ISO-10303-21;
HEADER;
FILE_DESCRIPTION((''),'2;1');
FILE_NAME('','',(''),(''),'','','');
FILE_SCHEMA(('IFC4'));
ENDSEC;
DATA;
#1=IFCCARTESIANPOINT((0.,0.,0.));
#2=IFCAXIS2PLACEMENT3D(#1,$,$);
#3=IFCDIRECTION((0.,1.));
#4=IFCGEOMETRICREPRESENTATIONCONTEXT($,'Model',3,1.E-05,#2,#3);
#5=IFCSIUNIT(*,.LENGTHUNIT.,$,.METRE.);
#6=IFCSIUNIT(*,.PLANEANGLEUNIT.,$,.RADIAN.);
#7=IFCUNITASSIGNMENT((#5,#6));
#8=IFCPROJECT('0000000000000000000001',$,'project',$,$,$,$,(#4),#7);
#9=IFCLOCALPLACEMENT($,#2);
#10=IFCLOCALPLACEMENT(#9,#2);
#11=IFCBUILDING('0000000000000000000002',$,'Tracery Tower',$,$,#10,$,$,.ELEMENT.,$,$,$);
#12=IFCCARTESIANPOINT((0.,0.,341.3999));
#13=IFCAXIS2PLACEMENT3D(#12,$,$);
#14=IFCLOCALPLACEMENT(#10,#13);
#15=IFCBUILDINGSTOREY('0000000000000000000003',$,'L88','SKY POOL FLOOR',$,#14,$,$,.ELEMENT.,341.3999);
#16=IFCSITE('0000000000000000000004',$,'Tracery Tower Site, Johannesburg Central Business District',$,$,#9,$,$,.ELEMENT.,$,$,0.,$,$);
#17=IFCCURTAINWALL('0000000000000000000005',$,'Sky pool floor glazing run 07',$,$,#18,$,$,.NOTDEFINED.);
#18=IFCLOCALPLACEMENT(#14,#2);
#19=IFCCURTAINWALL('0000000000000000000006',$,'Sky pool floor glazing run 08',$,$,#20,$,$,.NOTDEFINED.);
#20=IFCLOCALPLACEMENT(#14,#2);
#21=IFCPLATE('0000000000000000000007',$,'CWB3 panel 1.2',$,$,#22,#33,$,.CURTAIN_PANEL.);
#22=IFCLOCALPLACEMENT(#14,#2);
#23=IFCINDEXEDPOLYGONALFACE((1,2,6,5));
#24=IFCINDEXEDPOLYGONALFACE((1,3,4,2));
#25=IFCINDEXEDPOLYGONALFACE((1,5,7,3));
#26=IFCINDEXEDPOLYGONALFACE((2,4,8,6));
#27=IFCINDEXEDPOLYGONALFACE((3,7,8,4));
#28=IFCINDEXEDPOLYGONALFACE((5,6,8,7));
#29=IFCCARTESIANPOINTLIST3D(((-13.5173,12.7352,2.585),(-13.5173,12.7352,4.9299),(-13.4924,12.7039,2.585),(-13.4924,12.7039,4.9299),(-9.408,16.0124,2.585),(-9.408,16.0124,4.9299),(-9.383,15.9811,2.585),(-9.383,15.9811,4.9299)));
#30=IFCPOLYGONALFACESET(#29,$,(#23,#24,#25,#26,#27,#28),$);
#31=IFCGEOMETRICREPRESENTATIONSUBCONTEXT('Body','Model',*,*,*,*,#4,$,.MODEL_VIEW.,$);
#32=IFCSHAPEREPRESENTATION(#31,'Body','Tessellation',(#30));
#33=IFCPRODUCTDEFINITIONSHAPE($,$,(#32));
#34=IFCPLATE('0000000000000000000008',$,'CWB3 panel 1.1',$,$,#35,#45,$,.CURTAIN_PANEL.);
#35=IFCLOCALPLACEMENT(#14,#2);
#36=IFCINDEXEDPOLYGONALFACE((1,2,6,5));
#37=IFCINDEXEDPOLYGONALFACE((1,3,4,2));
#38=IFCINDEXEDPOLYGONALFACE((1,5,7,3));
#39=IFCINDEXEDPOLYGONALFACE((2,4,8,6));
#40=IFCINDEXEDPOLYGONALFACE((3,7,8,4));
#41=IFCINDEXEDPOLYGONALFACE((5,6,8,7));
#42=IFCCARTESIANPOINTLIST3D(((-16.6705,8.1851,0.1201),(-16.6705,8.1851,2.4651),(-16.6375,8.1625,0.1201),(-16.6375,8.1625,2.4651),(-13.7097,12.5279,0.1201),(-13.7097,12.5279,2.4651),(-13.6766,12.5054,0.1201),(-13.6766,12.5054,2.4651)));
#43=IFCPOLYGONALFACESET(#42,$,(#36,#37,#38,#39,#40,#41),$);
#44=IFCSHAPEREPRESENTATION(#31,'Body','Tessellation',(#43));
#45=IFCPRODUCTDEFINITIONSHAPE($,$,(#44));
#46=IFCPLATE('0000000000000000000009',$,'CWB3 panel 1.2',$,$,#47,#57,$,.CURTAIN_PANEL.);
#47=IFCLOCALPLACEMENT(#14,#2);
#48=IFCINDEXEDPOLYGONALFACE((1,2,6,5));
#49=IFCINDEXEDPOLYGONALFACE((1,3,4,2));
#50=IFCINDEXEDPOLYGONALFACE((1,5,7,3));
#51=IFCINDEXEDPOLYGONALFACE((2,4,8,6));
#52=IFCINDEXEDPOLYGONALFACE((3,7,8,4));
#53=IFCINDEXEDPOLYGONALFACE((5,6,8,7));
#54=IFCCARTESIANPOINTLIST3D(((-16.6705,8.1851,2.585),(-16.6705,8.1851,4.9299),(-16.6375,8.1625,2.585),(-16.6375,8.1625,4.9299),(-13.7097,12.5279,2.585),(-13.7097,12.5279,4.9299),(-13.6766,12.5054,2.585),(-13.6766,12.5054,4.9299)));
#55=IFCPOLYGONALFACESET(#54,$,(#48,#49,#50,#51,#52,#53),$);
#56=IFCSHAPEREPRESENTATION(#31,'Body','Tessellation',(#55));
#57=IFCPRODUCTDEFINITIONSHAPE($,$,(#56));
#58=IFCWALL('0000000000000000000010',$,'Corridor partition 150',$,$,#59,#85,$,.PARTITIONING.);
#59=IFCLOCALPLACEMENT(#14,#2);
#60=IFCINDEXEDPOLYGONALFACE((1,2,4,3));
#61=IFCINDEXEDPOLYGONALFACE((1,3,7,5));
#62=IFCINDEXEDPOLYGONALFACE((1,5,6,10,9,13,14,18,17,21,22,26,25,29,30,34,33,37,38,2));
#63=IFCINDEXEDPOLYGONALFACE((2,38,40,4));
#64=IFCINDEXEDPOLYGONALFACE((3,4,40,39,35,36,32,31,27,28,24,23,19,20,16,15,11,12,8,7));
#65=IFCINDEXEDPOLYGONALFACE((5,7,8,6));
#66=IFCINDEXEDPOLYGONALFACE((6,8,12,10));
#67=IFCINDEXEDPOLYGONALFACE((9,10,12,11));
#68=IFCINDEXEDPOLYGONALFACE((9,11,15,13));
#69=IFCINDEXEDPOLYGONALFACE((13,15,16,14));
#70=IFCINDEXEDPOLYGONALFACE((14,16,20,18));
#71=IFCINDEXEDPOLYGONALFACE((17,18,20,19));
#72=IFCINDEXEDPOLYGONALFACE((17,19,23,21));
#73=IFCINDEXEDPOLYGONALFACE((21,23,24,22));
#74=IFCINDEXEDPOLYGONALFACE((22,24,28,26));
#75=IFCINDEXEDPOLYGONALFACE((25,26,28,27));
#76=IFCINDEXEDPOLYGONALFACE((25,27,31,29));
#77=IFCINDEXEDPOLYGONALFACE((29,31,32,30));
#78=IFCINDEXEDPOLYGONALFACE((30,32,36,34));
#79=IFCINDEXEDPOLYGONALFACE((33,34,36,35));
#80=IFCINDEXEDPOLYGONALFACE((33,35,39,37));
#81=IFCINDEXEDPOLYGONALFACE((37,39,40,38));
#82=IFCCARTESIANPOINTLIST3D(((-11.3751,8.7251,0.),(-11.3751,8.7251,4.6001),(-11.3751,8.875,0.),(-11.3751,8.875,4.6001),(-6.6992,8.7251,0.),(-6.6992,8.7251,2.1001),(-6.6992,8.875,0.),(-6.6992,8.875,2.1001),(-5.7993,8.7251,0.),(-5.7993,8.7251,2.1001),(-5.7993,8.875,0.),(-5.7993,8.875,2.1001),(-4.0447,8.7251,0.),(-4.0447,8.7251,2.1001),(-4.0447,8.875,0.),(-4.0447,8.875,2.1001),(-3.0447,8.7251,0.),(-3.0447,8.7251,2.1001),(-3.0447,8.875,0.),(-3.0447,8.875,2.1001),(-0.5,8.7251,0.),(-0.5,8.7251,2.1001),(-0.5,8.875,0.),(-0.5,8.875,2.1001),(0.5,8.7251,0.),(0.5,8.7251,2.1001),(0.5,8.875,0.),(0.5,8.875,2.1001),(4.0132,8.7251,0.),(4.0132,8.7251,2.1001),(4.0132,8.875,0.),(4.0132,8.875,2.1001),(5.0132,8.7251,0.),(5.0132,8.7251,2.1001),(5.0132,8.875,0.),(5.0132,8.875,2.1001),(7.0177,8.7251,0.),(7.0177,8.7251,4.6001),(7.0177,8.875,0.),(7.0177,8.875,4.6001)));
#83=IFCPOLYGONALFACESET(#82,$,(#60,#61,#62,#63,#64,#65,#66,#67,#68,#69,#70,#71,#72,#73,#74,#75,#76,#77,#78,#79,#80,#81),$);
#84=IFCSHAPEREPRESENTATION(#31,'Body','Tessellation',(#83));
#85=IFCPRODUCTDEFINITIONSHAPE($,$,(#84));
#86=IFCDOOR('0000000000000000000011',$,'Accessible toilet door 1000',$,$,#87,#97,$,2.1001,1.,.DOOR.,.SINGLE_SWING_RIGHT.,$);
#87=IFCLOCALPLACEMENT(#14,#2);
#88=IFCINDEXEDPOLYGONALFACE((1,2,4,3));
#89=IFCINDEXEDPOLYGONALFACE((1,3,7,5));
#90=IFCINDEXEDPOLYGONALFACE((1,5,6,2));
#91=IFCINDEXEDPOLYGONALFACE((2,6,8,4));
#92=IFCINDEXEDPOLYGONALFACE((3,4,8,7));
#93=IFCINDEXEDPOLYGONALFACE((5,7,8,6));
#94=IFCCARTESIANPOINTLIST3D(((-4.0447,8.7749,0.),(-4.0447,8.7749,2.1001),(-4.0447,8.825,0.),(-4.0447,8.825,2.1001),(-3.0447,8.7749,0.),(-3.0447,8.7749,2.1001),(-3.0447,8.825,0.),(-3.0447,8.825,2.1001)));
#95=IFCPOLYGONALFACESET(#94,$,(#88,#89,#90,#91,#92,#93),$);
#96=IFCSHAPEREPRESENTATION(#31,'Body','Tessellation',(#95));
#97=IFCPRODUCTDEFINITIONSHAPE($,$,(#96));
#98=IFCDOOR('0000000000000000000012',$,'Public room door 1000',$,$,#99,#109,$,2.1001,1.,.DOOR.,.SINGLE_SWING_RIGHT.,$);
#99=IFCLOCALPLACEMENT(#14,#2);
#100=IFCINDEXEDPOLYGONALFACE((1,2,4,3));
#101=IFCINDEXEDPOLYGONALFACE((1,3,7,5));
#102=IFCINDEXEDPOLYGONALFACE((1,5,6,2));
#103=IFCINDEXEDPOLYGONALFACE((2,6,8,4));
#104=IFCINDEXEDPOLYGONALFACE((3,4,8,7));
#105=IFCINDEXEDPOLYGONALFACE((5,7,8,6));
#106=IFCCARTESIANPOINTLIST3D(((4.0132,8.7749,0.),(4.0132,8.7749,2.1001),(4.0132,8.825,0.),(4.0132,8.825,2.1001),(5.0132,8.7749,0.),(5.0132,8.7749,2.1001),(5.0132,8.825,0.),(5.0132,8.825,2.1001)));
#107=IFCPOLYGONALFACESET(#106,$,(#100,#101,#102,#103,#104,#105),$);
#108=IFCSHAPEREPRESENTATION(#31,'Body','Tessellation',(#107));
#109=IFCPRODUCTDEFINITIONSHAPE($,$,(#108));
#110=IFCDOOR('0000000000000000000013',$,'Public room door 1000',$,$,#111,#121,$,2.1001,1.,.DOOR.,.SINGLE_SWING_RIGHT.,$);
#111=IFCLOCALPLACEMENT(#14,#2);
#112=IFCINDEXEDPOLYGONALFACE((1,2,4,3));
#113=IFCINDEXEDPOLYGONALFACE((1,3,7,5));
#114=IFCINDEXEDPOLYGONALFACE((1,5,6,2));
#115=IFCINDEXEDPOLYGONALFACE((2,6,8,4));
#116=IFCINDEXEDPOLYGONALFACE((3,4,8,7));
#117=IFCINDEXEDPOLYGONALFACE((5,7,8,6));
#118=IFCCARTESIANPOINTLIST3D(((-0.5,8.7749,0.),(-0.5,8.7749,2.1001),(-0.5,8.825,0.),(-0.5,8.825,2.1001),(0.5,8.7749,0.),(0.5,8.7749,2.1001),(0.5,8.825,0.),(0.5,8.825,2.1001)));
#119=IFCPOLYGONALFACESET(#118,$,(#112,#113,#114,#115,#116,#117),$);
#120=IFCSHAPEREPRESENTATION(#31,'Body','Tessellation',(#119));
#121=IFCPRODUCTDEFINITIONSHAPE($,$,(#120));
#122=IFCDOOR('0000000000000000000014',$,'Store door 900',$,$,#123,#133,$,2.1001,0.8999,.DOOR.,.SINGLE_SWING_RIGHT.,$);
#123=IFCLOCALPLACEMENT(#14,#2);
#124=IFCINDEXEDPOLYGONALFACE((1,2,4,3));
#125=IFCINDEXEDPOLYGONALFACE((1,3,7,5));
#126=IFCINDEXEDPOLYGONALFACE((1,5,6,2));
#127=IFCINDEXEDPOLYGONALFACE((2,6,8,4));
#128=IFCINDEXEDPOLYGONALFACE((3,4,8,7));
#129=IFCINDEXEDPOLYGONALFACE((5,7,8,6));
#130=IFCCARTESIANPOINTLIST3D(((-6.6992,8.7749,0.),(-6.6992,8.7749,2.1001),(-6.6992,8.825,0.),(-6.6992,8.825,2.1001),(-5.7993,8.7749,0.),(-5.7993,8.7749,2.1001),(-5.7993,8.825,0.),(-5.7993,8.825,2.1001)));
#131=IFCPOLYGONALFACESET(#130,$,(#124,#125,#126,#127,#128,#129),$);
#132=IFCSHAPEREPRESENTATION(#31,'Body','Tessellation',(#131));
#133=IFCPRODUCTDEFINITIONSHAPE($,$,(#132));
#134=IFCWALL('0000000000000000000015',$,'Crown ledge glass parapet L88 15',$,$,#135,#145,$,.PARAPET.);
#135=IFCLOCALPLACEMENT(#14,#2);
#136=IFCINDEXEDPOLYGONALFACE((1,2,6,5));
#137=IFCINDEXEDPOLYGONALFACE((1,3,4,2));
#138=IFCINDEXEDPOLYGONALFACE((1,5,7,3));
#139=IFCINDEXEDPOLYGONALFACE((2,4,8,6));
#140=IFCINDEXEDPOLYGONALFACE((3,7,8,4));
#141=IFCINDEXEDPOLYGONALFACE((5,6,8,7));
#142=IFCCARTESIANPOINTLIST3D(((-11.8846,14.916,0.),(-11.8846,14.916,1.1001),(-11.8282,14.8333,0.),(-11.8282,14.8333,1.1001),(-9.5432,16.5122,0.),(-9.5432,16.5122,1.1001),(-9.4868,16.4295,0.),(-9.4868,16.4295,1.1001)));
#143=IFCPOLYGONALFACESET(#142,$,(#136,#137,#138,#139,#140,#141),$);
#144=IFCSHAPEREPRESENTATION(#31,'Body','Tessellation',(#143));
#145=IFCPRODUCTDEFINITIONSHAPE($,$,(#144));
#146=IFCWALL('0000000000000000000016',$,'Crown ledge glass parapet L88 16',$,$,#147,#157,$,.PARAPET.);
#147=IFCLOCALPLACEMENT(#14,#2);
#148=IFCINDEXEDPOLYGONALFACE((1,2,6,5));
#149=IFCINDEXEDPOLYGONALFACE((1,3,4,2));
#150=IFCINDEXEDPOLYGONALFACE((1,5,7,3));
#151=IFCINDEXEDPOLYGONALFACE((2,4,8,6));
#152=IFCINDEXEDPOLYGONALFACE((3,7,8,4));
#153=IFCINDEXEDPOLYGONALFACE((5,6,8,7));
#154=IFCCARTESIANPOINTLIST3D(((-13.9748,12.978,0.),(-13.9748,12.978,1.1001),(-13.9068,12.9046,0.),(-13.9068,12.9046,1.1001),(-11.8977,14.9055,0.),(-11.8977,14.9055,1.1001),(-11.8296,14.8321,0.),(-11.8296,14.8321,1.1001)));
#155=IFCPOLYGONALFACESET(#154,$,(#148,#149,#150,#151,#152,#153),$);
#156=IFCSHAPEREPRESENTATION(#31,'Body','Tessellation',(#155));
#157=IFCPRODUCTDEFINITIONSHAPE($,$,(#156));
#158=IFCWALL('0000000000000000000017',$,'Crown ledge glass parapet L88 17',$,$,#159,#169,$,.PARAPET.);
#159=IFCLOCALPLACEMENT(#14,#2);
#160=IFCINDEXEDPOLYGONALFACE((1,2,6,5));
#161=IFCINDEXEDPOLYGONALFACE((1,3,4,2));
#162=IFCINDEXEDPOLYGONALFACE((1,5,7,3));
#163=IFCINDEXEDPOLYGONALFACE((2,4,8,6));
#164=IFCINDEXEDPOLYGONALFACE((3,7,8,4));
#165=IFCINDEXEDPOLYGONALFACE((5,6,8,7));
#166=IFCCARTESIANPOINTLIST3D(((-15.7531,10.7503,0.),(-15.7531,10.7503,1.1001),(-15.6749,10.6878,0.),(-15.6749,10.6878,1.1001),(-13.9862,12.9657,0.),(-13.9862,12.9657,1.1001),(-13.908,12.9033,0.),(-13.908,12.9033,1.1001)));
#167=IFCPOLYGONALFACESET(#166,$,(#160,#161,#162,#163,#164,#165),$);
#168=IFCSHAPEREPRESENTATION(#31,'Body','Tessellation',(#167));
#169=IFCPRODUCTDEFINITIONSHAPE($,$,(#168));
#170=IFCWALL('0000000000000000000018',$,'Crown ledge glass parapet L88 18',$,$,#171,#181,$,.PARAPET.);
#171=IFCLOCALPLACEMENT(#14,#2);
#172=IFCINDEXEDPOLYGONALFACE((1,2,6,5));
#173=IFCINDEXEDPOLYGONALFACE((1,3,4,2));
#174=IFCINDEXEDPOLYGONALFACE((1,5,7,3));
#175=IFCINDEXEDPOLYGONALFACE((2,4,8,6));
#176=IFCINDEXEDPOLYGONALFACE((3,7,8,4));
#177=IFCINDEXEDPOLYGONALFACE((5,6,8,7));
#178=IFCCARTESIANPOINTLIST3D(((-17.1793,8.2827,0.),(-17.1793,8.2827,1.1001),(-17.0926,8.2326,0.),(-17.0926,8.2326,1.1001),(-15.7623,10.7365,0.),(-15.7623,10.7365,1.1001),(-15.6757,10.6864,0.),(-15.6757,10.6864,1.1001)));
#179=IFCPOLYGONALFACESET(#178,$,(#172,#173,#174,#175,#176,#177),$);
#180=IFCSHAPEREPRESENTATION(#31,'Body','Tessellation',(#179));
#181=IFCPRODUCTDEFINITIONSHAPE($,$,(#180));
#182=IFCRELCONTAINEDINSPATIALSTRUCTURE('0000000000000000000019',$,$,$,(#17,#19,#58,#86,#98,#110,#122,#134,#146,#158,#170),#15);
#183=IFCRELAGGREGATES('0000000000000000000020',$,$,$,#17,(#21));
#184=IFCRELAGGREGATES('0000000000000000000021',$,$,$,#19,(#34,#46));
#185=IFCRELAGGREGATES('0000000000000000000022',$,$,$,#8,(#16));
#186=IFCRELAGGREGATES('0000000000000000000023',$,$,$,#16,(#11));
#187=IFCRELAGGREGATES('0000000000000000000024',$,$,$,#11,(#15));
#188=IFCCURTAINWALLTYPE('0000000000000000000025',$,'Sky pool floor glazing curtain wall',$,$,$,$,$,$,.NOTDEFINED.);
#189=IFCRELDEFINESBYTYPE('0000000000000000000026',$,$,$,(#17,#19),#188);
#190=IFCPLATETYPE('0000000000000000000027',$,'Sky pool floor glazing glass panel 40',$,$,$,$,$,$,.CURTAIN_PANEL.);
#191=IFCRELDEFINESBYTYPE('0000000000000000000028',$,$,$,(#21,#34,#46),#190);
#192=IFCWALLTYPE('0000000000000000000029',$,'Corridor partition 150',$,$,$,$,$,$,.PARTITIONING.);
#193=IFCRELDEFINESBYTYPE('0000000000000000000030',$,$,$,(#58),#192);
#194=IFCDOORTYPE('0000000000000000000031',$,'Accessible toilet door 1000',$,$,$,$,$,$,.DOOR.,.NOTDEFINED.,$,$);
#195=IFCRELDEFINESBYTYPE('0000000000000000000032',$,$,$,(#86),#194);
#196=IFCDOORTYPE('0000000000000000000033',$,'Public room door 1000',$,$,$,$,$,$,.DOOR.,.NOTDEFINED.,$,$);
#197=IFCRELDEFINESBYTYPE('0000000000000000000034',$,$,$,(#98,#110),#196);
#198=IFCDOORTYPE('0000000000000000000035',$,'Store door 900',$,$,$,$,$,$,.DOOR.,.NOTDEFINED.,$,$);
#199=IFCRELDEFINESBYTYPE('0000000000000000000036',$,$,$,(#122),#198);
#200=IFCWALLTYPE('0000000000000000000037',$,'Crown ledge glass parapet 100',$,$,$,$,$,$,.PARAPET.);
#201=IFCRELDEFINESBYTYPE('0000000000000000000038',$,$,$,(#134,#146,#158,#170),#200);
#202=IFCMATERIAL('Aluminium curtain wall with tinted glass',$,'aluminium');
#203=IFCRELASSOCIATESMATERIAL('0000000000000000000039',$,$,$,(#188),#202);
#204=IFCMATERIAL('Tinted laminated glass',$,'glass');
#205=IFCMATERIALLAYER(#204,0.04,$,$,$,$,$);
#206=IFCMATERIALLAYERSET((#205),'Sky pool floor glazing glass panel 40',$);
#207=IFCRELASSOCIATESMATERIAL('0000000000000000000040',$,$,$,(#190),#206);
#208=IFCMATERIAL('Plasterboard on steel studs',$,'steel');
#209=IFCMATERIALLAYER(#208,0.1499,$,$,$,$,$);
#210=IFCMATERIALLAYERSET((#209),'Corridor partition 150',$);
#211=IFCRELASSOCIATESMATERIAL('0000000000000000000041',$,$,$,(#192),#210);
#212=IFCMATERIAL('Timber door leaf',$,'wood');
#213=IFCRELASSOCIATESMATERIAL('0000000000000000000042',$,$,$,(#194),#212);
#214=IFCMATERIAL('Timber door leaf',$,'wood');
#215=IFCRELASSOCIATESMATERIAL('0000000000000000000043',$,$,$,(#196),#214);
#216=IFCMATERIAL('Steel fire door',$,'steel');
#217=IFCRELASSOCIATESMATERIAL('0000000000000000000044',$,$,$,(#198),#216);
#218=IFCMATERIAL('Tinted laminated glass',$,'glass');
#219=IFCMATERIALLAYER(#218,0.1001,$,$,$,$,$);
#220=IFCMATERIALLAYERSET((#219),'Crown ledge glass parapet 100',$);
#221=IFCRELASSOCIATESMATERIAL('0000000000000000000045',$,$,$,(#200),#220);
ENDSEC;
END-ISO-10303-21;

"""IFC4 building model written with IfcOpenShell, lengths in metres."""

from ifc_helpers import new_model, si_unit, direction, frame, frame_2d, origin, origin_2d, place, context, subcontext, project, spatial, rectangle, extrude, material, layer, layer_set, type_object, element, fill, aggregate, save


model = new_model("IFC4")

# Units and contexts
model_context = context("Model", 3, precision=1e-05, world=origin(), true_north=direction((0.0, 1.0)))
body_context = subcontext(model_context, "Body", "Model", "MODEL_VIEW")
ifc_project = project(units=[si_unit("LENGTHUNIT", "METRE"), si_unit("PLANEANGLEUNIT", "RADIAN")], contexts=[model_context])

# Site, building, storey
site_placement = place(None, origin())
site = spatial("IfcSite", under=ifc_project, at=site_placement, Name="Tracery Tower Site, Johannesburg Central Business District", CompositionType="ELEMENT", RefElevation=0.0)
building_placement = place(site_placement, origin())
building = spatial("IfcBuilding", under=site, at=building_placement, Name="Tracery Tower", CompositionType="ELEMENT")
storey_placement = place(building_placement, frame((0.0, 0.0, 341.3999)))
storey = spatial("IfcBuildingStorey", under=building, at=storey_placement, Name="L88", Description="SKY POOL FLOOR", CompositionType="ELEMENT", Elevation=341.3999)

# Curtain wall
ifc_material_1 = material(Name="Aluminium curtain wall with tinted glass", Category="aluminium")
curtain_wall_type = type_object("IfcCurtainWallType", Name="Sky pool floor glazing curtain wall", PredefinedType="NOTDEFINED", material=ifc_material_1)
curtain_wall_1_placement = place(storey_placement, origin())
curtain_wall_1 = element("IfcCurtainWall", 1, at=curtain_wall_1_placement, inside=storey, type_object=curtain_wall_type, Name="Sky pool floor glazing run 07", PredefinedType="NOTDEFINED")

# Curtain wall
curtain_wall_2_placement = place(storey_placement, origin())
curtain_wall_2 = element("IfcCurtainWall", 2, at=curtain_wall_2_placement, inside=storey, type_object=curtain_wall_type, Name="Sky pool floor glazing run 08", PredefinedType="NOTDEFINED")

# Plates
ifc_material_2 = material(Name="Tinted laminated glass", Category="glass")
ifc_layer_1 = layer(ifc_material_2, 0.04)
ifc_layer_set_1 = layer_set([ifc_layer_1], Name="Sky pool floor glazing glass panel 40")
plate_type = type_object("IfcPlateType", Name="Sky pool floor glazing glass panel 40", PredefinedType="CURTAIN_PANEL", material=ifc_layer_set_1)
plate_1_placement = place(storey_placement, frame((-11.4502, 14.3582, 2.585), z_axis=(0.0, 0.0, 1.0), x_axis=(-0.781821, -0.623503, 0.0)))
plate_1 = element("IfcPlate", 3, at=plate_1_placement, type_object=plate_type, Name="CWB3 panel 1.2", PredefinedType="CURTAIN_PANEL", context=body_context, shape_type="SweptSolid", body=[
    extrude(rectangle(XDim=5.2561, YDim=0.04, at=origin_2d()), origin(), (0.0, 0.0, 1.0), 2.345),
])
aggregate(curtain_wall_1, [plate_1])
plate_2_placement = place(storey_placement, frame((-15.1736, 10.3452, 0.1201), z_axis=(0.0, 0.0, 1.0), x_axis=(-0.563311, -0.826245, 0.0)))
plate_2 = element("IfcPlate", 4, at=plate_2_placement, type_object=plate_type, Name="CWB3 panel 1.1", PredefinedType="CURTAIN_PANEL", context=body_context, shape_type="SweptSolid", body=[
    extrude(rectangle(XDim=5.2561, YDim=0.04, at=origin_2d()), origin(), (0.0, 0.0, 1.0), 2.345),
])
plate_3_placement = place(storey_placement, frame((-15.1736, 10.3452, 2.585), z_axis=(0.0, 0.0, 1.0), x_axis=(-0.563311, -0.826245, 0.0)))
plate_3 = element("IfcPlate", 5, at=plate_3_placement, type_object=plate_type, Name="CWB3 panel 1.2", PredefinedType="CURTAIN_PANEL", context=body_context, shape_type="SweptSolid", body=[
    extrude(rectangle(XDim=5.2561, YDim=0.04, at=origin_2d()), origin(), (0.0, 0.0, 1.0), 2.345),
])
aggregate(curtain_wall_2, [plate_2, plate_3])

# Wall, openings, doors
ifc_material_3 = material(Name="Plasterboard on steel studs", Category="steel")
ifc_layer_2 = layer(ifc_material_3, 0.1499)
ifc_layer_set_2 = layer_set([ifc_layer_2], Name="Corridor partition 150")
wall_type_1 = type_object("IfcWallType", Name="Corridor partition 150", PredefinedType="PARTITIONING", material=ifc_layer_set_2)
wall_1_placement = place(storey_placement, frame((-11.375, 8.8, 0.0), z_axis=(0.0, 0.0, 1.0), x_axis=(1.0, 0.0, 0.0)))
wall_1 = element("IfcWall", 6, at=wall_1_placement, inside=storey, type_object=wall_type_1, Name="Corridor partition 150", PredefinedType="PARTITIONING", context=body_context, shape_type="SweptSolid", body=[
    extrude(rectangle(XDim=18.3928, YDim=0.1499, at=frame_2d((9.1963, 0.0))), origin(), (0.0, 0.0, 1.0), 4.6001),
])
opening_1_placement = place(wall_1_placement, frame((15.3882, 0.0, 0.0)))
opening_1 = element("IfcOpeningElement", 7, at=opening_1_placement, cuts=wall_1, PredefinedType="OPENING", context=body_context, shape_type="SweptSolid", body=[
    extrude(rectangle(XDim=1.0, YDim=2.1001, at=frame_2d((0.5, 1.05))), frame((0.0, 0.075, 0.0), z_axis=(0.0, -1.0, 0.0), x_axis=(1.0, 0.0, 0.0)), (0.0, 0.0, 1.0), 0.1499),
])
opening_2_placement = place(wall_1_placement, frame((10.875, 0.0, 0.0)))
opening_2 = element("IfcOpeningElement", 8, at=opening_2_placement, cuts=wall_1, PredefinedType="OPENING", context=body_context, shape_type="SweptSolid", body=[
    extrude(rectangle(XDim=1.0, YDim=2.1001, at=frame_2d((0.5, 1.05))), frame((0.0, 0.075, 0.0), z_axis=(0.0, -1.0, 0.0), x_axis=(1.0, 0.0, 0.0)), (0.0, 0.0, 1.0), 0.1499),
])
opening_3_placement = place(wall_1_placement, frame((7.3303, 0.0, 0.0)))
opening_3 = element("IfcOpeningElement", 9, at=opening_3_placement, cuts=wall_1, PredefinedType="OPENING", context=body_context, shape_type="SweptSolid", body=[
    extrude(rectangle(XDim=1.0, YDim=2.1001, at=frame_2d((0.5, 1.05))), frame((0.0, 0.075, 0.0), z_axis=(0.0, -1.0, 0.0), x_axis=(1.0, 0.0, 0.0)), (0.0, 0.0, 1.0), 0.1499),
])
opening_4_placement = place(wall_1_placement, frame((4.6758, 0.0, 0.0)))
opening_4 = element("IfcOpeningElement", 10, at=opening_4_placement, cuts=wall_1, PredefinedType="OPENING", context=body_context, shape_type="SweptSolid", body=[
    extrude(rectangle(XDim=0.8999, YDim=2.1001, at=frame_2d((0.45, 1.05))), frame((0.0, 0.075, 0.0), z_axis=(0.0, -1.0, 0.0), x_axis=(1.0, 0.0, 0.0)), (0.0, 0.0, 1.0), 0.1499),
])
ifc_material_4 = material(Name="Timber door leaf", Category="wood")
door_type_1 = type_object("IfcDoorType", Name="Accessible toilet door 1000", OperationType="NOTDEFINED", PredefinedType="DOOR", material=ifc_material_4)
door_1_placement = place(opening_3_placement, origin())
door_1 = element("IfcDoor", 11, at=door_1_placement, inside=storey, type_object=door_type_1, Name="Accessible toilet door 1000", OperationType="SINGLE_SWING_RIGHT", OverallHeight=2.1001, OverallWidth=1.0, PredefinedType="DOOR", context=body_context, shape_type="SweptSolid", body=[
    extrude(rectangle(XDim=1.0, YDim=2.1001, at=frame_2d((0.5, 1.05))), frame((0.0, 0.0249, 0.0), z_axis=(0.0, -1.0, 0.0), x_axis=(1.0, 0.0, 0.0)), (0.0, 0.0, 1.0), 0.05),
])
fill(opening_3, door_1)
ifc_material_5 = material(Name="Timber door leaf", Category="wood")
door_type_2 = type_object("IfcDoorType", Name="Public room door 1000", OperationType="NOTDEFINED", PredefinedType="DOOR", material=ifc_material_5)
door_2_placement = place(opening_1_placement, origin())
door_2 = element("IfcDoor", 12, at=door_2_placement, inside=storey, type_object=door_type_2, Name="Public room door 1000", OperationType="SINGLE_SWING_RIGHT", OverallHeight=2.1001, OverallWidth=1.0, PredefinedType="DOOR", context=body_context, shape_type="SweptSolid", body=[
    extrude(rectangle(XDim=1.0, YDim=2.1001, at=frame_2d((0.5, 1.05))), frame((0.0, 0.0249, 0.0), z_axis=(0.0, -1.0, 0.0), x_axis=(1.0, 0.0, 0.0)), (0.0, 0.0, 1.0), 0.05),
])
fill(opening_1, door_2)
door_3_placement = place(opening_2_placement, origin())
door_3 = element("IfcDoor", 13, at=door_3_placement, inside=storey, type_object=door_type_2, Name="Public room door 1000", OperationType="SINGLE_SWING_RIGHT", OverallHeight=2.1001, OverallWidth=1.0, PredefinedType="DOOR", context=body_context, shape_type="SweptSolid", body=[
    extrude(rectangle(XDim=1.0, YDim=2.1001, at=frame_2d((0.5, 1.05))), frame((0.0, 0.0249, 0.0), z_axis=(0.0, -1.0, 0.0), x_axis=(1.0, 0.0, 0.0)), (0.0, 0.0, 1.0), 0.05),
])
fill(opening_2, door_3)
ifc_material_6 = material(Name="Steel fire door", Category="steel")
door_type_3 = type_object("IfcDoorType", Name="Store door 900", OperationType="NOTDEFINED", PredefinedType="DOOR", material=ifc_material_6)
door_4_placement = place(opening_4_placement, origin())
door_4 = element("IfcDoor", 14, at=door_4_placement, inside=storey, type_object=door_type_3, Name="Store door 900", OperationType="SINGLE_SWING_RIGHT", OverallHeight=2.1001, OverallWidth=0.8999, PredefinedType="DOOR", context=body_context, shape_type="SweptSolid", body=[
    extrude(rectangle(XDim=0.8999, YDim=2.1001, at=frame_2d((0.45, 1.05))), frame((0.0, 0.0249, 0.0), z_axis=(0.0, -1.0, 0.0), x_axis=(1.0, 0.0, 0.0)), (0.0, 0.0, 1.0), 0.05),
])
fill(opening_4, door_4)

# Walls
ifc_material_7 = material(Name="Tinted laminated glass", Category="glass")
ifc_layer_3 = layer(ifc_material_7, 0.1001)
ifc_layer_set_3 = layer_set([ifc_layer_3], Name="Crown ledge glass parapet 100")
wall_type_2 = type_object("IfcWallType", Name="Crown ledge glass parapet 100", PredefinedType="PARAPET", material=ifc_layer_set_3)
for number, where, z_axis, x_axis, name in (
    (15, (-9.5149, 16.4709, 0.0), (0.0, 0.0, 1.0), (-0.826253, -0.563299, 0.0), "Crown ledge glass parapet L88 15"),
    (16, (-11.8635, 14.8689, 0.0), (0.0, 0.0, 1.0), (-0.733021, -0.680207, 0.0), "Crown ledge glass parapet L88 16"),
    (17, (-13.947, 12.9346, 0.0), (0.0, 0.0, 1.0), (-0.623528, -0.781801, 0.0), "Crown ledge glass parapet L88 17"),
):
    element("IfcWall", number, at=place(storey_placement, frame(where, z_axis=z_axis, x_axis=x_axis)), inside=storey, type_object=wall_type_2, Name=name, PredefinedType="PARAPET", context=body_context, shape_type="SweptSolid", body=[
        extrude(rectangle(XDim=2.8337, YDim=0.1001, at=frame_2d((1.417, 0.0))), origin(), (0.0, 0.0, 1.0), 1.1001),
    ])
for number, where, z_axis, x_axis, name in (
    (18, (-15.719, 10.7114, 0.0), (0.0, 0.0, 1.0), (-0.500068, -0.865986, 0.0), "Crown ledge glass parapet L88 18"),
):
    element("IfcWall", number, at=place(storey_placement, frame(where, z_axis=z_axis, x_axis=x_axis)), inside=storey, type_object=wall_type_2, Name=name, PredefinedType="PARAPET", context=body_context, shape_type="SweptSolid", body=[
        extrude(rectangle(XDim=2.8335, YDim=0.1001, at=frame_2d((1.4167, 0.0))), origin(), (0.0, 0.0, 1.0), 1.1001),
    ])

save(model, "model.ifc")
